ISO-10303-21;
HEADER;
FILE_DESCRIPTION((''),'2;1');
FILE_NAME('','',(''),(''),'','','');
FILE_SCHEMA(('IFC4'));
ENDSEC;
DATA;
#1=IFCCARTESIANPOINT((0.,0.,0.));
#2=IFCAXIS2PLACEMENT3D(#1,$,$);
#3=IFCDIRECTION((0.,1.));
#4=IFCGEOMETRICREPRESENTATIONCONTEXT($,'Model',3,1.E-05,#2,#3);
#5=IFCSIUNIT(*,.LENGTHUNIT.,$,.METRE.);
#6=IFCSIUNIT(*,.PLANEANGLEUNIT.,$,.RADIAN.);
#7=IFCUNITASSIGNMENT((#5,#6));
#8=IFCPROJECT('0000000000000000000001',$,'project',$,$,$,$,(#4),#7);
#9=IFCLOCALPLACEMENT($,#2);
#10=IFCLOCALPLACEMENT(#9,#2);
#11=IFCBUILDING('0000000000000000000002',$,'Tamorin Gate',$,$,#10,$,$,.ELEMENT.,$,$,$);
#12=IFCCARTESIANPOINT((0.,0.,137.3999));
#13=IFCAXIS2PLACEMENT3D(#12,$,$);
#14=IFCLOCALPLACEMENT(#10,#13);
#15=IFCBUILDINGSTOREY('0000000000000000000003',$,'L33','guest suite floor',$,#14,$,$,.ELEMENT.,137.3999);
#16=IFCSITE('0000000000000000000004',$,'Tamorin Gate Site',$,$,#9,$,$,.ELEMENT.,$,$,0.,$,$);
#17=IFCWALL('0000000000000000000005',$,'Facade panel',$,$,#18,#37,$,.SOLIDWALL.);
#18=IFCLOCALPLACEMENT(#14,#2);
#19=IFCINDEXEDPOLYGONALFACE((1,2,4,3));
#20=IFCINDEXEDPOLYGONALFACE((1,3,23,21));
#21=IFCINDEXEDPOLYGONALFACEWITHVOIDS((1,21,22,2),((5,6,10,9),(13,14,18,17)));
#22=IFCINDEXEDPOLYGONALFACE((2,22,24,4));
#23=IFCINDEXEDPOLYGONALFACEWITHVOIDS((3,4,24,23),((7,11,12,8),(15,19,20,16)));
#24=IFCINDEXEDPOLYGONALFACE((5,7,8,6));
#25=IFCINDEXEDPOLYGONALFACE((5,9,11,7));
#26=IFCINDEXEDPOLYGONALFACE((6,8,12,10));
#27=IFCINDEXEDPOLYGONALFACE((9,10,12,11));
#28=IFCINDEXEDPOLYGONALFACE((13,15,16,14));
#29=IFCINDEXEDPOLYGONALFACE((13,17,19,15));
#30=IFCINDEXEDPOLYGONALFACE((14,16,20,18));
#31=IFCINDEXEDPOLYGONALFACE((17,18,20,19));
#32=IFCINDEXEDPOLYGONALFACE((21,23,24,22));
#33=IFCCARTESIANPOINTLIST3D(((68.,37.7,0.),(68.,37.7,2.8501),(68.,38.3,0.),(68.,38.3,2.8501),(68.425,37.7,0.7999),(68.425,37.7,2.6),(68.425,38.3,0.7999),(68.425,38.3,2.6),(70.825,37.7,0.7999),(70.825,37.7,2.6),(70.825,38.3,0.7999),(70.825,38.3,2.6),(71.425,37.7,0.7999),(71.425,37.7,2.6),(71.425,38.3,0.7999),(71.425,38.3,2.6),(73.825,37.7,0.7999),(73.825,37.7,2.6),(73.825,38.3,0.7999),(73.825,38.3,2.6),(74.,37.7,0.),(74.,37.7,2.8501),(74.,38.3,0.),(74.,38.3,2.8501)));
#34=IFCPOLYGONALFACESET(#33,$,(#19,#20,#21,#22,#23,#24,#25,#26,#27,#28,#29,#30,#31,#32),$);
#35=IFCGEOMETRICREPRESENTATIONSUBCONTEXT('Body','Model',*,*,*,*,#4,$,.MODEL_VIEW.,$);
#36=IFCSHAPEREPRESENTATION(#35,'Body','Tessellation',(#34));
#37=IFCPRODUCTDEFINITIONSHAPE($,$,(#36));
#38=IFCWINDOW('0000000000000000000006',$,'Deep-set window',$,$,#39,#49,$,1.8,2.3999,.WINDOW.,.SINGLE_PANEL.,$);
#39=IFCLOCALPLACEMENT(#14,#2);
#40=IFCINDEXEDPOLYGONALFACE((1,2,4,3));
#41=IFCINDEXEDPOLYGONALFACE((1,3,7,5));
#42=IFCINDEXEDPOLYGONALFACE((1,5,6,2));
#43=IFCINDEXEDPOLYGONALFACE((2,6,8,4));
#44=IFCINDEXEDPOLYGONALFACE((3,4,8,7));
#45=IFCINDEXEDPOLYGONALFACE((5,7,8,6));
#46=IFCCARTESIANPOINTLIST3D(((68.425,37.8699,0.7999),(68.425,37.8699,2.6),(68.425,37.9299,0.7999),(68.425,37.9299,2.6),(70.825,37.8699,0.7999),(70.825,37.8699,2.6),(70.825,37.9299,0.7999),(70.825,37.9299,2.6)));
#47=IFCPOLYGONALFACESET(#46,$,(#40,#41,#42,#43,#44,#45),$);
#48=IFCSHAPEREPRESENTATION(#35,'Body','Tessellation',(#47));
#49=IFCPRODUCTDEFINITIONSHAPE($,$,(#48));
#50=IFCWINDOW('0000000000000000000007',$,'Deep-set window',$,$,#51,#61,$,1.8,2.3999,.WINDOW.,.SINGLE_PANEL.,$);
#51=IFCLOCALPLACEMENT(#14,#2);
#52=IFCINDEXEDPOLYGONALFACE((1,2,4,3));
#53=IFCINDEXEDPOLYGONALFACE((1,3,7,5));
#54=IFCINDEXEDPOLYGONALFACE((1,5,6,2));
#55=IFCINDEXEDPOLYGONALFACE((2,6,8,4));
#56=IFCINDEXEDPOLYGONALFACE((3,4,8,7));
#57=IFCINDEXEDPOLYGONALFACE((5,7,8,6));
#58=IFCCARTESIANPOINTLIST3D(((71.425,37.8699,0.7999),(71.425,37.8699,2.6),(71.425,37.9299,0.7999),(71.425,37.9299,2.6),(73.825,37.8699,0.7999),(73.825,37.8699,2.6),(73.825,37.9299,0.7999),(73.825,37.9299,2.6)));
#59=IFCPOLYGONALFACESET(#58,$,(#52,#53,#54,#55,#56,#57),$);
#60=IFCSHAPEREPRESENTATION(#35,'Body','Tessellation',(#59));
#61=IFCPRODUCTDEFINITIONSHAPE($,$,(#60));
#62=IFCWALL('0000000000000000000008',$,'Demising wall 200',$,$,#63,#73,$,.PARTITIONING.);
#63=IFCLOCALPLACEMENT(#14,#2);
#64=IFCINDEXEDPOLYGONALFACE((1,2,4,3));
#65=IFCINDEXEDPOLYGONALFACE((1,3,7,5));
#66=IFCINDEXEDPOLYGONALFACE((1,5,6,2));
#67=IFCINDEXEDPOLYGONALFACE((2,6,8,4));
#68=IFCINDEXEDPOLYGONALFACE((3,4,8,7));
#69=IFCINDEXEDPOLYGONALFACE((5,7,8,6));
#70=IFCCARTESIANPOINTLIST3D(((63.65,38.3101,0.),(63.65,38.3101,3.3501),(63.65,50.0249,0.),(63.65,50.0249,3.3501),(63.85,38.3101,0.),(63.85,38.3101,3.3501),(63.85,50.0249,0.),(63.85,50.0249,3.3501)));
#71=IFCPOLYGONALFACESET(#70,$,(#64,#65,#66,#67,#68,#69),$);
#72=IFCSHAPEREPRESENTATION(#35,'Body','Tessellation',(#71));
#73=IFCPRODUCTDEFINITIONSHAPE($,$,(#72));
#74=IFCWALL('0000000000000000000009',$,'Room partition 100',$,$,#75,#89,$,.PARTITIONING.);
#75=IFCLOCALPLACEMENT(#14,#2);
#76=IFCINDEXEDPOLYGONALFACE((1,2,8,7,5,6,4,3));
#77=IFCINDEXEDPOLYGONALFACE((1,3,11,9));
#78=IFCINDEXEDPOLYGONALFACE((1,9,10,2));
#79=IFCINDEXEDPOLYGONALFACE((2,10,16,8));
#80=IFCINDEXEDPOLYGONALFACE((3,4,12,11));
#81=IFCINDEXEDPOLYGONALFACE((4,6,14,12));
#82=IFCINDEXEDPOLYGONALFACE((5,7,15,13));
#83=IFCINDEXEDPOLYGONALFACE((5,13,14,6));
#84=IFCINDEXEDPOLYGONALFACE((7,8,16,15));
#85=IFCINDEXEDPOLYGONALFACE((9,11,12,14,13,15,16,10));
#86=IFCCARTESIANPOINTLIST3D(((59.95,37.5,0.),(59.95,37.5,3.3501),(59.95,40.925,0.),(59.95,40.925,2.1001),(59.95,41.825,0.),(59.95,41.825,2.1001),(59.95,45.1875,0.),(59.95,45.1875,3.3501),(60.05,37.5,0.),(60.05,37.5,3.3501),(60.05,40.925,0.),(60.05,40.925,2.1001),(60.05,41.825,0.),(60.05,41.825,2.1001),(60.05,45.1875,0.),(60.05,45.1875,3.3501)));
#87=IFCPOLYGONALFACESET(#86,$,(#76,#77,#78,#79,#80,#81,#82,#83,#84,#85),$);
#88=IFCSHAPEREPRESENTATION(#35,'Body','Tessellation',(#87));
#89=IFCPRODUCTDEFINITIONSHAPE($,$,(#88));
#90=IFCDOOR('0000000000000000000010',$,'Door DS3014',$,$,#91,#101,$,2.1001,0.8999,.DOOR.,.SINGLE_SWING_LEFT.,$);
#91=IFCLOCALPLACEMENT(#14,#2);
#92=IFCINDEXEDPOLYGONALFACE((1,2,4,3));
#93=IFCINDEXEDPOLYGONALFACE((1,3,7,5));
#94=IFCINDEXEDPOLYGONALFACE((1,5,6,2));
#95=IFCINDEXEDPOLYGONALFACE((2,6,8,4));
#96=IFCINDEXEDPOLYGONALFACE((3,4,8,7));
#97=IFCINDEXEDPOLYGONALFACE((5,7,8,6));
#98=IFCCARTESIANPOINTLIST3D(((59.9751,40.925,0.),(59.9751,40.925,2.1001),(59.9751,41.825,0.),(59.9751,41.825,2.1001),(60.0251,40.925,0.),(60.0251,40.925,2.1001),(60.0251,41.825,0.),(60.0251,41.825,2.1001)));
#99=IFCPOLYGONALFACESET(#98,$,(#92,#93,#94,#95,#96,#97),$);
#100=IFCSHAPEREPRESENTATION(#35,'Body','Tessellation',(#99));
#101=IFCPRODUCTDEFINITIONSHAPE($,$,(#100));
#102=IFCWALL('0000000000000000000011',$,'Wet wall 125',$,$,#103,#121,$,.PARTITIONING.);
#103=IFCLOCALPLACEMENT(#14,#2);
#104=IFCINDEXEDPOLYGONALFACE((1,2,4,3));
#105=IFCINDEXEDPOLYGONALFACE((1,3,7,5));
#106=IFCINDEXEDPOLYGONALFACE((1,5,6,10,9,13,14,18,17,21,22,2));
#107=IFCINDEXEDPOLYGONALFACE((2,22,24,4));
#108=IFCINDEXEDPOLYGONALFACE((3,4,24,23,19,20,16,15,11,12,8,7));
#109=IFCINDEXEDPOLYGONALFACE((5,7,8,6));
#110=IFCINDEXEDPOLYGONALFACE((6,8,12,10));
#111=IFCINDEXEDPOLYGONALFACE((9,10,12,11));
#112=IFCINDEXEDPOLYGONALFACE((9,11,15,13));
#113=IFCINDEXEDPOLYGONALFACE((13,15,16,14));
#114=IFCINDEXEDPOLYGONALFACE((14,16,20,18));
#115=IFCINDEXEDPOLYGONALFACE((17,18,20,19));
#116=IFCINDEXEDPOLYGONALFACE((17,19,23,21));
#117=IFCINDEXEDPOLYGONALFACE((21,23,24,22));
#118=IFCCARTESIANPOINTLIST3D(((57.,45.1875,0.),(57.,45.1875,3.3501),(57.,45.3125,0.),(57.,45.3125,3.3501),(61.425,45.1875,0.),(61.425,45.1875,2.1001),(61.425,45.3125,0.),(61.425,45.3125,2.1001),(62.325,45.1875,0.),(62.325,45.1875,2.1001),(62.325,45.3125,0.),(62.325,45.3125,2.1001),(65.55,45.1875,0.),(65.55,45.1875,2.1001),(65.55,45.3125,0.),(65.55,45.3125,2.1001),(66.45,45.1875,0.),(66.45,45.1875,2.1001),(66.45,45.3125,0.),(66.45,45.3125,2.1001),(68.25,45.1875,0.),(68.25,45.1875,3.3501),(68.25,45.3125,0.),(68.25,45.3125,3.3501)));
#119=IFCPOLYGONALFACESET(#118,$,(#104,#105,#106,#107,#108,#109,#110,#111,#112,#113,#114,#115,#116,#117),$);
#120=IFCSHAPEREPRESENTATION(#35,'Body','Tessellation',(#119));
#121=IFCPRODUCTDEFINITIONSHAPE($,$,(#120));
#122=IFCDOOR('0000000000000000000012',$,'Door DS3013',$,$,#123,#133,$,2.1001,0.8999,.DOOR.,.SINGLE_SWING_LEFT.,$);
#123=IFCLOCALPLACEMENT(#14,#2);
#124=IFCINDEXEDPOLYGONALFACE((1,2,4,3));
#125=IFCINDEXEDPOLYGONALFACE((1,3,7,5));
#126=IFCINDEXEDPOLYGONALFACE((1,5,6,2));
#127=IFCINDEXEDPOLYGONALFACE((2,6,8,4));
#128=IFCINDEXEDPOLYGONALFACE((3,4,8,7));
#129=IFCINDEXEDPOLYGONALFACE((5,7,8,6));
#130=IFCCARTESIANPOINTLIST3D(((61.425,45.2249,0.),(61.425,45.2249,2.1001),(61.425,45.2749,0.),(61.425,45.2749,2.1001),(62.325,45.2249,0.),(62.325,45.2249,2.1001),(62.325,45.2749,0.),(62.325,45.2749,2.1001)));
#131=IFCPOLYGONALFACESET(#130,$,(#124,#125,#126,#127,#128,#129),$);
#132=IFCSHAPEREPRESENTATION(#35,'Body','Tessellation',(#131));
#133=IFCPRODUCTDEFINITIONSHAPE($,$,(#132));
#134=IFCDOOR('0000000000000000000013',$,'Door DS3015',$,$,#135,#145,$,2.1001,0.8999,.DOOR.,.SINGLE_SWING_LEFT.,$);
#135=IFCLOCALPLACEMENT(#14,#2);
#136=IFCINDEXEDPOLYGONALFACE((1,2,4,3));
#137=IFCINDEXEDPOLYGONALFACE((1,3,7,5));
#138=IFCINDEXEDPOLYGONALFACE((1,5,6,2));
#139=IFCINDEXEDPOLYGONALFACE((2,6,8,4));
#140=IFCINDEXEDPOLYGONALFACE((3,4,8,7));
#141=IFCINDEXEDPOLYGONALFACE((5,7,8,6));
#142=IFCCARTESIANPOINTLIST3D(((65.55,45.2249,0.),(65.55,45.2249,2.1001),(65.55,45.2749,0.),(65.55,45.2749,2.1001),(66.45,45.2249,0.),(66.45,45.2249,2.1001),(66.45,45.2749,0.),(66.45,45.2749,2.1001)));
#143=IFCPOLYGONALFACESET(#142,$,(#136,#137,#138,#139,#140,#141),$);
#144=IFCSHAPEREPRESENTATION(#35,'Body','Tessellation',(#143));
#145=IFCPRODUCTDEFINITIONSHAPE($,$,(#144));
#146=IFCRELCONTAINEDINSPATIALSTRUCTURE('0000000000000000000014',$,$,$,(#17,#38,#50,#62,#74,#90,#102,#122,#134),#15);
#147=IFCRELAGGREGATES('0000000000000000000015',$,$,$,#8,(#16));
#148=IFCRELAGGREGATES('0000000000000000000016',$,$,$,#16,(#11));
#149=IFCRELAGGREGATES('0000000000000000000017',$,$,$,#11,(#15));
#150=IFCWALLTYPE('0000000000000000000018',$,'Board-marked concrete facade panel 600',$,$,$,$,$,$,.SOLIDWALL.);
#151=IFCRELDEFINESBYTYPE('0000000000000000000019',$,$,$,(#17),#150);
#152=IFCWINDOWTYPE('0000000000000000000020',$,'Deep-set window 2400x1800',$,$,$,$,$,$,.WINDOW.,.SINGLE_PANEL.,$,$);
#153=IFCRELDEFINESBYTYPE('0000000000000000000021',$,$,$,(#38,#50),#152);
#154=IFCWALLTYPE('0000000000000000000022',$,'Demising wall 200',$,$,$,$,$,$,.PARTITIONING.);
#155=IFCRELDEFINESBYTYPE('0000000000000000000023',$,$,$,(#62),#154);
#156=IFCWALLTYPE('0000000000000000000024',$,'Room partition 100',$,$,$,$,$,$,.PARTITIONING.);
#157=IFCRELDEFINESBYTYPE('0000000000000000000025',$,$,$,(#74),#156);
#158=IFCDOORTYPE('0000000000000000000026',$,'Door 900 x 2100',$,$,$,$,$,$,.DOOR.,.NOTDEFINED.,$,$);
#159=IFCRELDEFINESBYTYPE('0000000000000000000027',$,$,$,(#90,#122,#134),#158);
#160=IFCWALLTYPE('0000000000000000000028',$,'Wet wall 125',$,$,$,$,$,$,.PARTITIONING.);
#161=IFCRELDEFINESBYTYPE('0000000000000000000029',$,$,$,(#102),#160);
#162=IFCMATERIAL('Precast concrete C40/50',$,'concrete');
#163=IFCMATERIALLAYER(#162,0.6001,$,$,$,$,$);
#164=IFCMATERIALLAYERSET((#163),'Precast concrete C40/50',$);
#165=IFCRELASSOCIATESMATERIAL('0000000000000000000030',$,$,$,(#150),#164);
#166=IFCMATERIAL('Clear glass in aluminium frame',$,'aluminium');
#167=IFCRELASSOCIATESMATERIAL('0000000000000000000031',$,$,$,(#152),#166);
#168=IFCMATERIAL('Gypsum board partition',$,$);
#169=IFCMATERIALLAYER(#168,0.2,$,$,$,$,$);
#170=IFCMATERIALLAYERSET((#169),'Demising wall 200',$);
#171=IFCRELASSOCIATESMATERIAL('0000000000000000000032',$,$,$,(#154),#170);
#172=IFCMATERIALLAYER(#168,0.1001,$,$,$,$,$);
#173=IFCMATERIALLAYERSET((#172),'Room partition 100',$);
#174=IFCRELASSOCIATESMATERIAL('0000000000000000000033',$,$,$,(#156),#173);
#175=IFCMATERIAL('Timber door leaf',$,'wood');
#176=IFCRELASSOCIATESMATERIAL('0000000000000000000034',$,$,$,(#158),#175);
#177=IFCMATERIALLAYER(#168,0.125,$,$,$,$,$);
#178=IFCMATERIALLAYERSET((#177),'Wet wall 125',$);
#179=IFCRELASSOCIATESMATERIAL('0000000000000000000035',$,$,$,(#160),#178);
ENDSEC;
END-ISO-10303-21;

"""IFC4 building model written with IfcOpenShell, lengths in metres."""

from ifc_helpers import new_model, si_unit, direction, frame, frame_2d, origin, place, context, subcontext, project, spatial, rectangle, extrude, material, layer, layer_set, type_object, element, fill, save


model = new_model("IFC4")

# Units and contexts
model_context = context("Model", 3, precision=1e-05, world=origin(), true_north=direction((0.0, 1.0)))
body_context = subcontext(model_context, "Body", "Model", "MODEL_VIEW")
ifc_project = project(units=[si_unit("LENGTHUNIT", "METRE"), si_unit("PLANEANGLEUNIT", "RADIAN")], contexts=[model_context])

# Site, building, storey
site_placement = place(None, origin())
site = spatial("IfcSite", under=ifc_project, at=site_placement, Name="Tamorin Gate Site", CompositionType="ELEMENT", RefElevation=0.0)
building_placement = place(site_placement, origin())
building = spatial("IfcBuilding", under=site, at=building_placement, Name="Tamorin Gate", CompositionType="ELEMENT")
storey_placement = place(building_placement, frame((0.0, 0.0, 137.3999)))
storey = spatial("IfcBuildingStorey", under=building, at=storey_placement, Name="L33", Description="guest suite floor", CompositionType="ELEMENT", Elevation=137.3999)

# Wall, openings, windows
ifc_material_1 = material(Name="Precast concrete C40/50", Category="concrete")
ifc_layer_1 = layer(ifc_material_1, 0.6001)
ifc_layer_set_1 = layer_set([ifc_layer_1], Name="Precast concrete C40/50")
wall_type_1 = type_object("IfcWallType", Name="Board-marked concrete facade panel 600", PredefinedType="SOLIDWALL", material=ifc_layer_set_1)
ifc_material_2 = material(Name="Clear glass in aluminium frame", Category="aluminium")
window_type = type_object("IfcWindowType", Name="Deep-set window 2400x1800", PartitioningType="SINGLE_PANEL", PredefinedType="WINDOW", material=ifc_material_2)
wall_1_placement = place(storey_placement, frame((68.0, 38.0, 0.0), z_axis=(0.0, 0.0, 1.0), x_axis=(1.0, 0.0, 0.0)))
wall_1 = element("IfcWall", 1, at=wall_1_placement, inside=storey, type_object=wall_type_1, Name="Facade panel", PredefinedType="SOLIDWALL", context=body_context, shape_type="SweptSolid", body=[
    extrude(rectangle(XDim=6.0, YDim=0.6001, at=frame_2d((3.0, 0.0))), origin(), (0.0, 0.0, 1.0), 2.8501),
])
opening_1_placement = place(wall_1_placement, frame((0.425, 0.0, 0.8)))
opening_1 = element("IfcOpeningElement", 2, at=opening_1_placement, cuts=wall_1, PredefinedType="OPENING", context=body_context, shape_type="SweptSolid", body=[
    extrude(rectangle(XDim=2.3999, YDim=1.8, at=frame_2d((1.2, 0.8999))), frame((0.0, 0.3101, 0.0), z_axis=(0.0, -1.0, 0.0), x_axis=(1.0, 0.0, 0.0)), (0.0, 0.0, 1.0), 0.6201),
])
opening_2_placement = place(wall_1_placement, frame((3.425, 0.0, 0.8)))
opening_2 = element("IfcOpeningElement", 3, at=opening_2_placement, cuts=wall_1, PredefinedType="OPENING", context=body_context, shape_type="SweptSolid", body=[
    extrude(rectangle(XDim=2.3999, YDim=1.8, at=frame_2d((1.2, 0.8999))), frame((0.0, 0.3101, 0.0), z_axis=(0.0, -1.0, 0.0), x_axis=(1.0, 0.0, 0.0)), (0.0, 0.0, 1.0), 0.6201),
])
window_1_placement = place(opening_1_placement, origin())
window_1 = element("IfcWindow", 4, at=window_1_placement, inside=storey, type_object=window_type, Name="Deep-set window", OverallHeight=1.8, OverallWidth=2.3999, PartitioningType="SINGLE_PANEL", PredefinedType="WINDOW", context=body_context, shape_type="SweptSolid", body=[
    extrude(rectangle(XDim=2.3999, YDim=1.8, at=frame_2d((1.2, 0.8999))), frame((0.0, -0.0701, 0.0), z_axis=(0.0, -1.0, 0.0), x_axis=(1.0, 0.0, 0.0)), (0.0, 0.0, 1.0), 0.0601),
])
fill(opening_1, window_1)
window_2_placement = place(opening_2_placement, origin())
window_2 = element("IfcWindow", 5, at=window_2_placement, inside=storey, type_object=window_type, Name="Deep-set window", OverallHeight=1.8, OverallWidth=2.3999, PartitioningType="SINGLE_PANEL", PredefinedType="WINDOW", context=body_context, shape_type="SweptSolid", body=[
    extrude(rectangle(XDim=2.3999, YDim=1.8, at=frame_2d((1.2, 0.8999))), frame((0.0, -0.0701, 0.0), z_axis=(0.0, -1.0, 0.0), x_axis=(1.0, 0.0, 0.0)), (0.0, 0.0, 1.0), 0.0601),
])
fill(opening_2, window_2)

# Wall
ifc_material_3 = material(Name="Gypsum board partition")
ifc_layer_2 = layer(ifc_material_3, 0.2)
ifc_layer_set_2 = layer_set([ifc_layer_2], Name="Demising wall 200")
wall_type_2 = type_object("IfcWallType", Name="Demising wall 200", PredefinedType="PARTITIONING", material=ifc_layer_set_2)
wall_2_placement = place(storey_placement, frame((63.75, 38.3101, 0.0), z_axis=(0.0, 0.0, 1.0), x_axis=(0.0, 1.0, 0.0)))
element("IfcWall", 6, at=wall_2_placement, inside=storey, type_object=wall_type_2, Name="Demising wall 200", PredefinedType="PARTITIONING", context=body_context, shape_type="SweptSolid", body=[
    extrude(rectangle(XDim=11.7148, YDim=0.2, at=frame_2d((5.8574, 0.0))), origin(), (0.0, 0.0, 1.0), 3.3501),
])

# Wall, opening, door
ifc_layer_3 = layer(ifc_material_3, 0.1001)
ifc_layer_set_3 = layer_set([ifc_layer_3], Name="Room partition 100")
wall_type_3 = type_object("IfcWallType", Name="Room partition 100", PredefinedType="PARTITIONING", material=ifc_layer_set_3)
wall_3_placement = place(storey_placement, frame((60.0, 37.5, 0.0), z_axis=(0.0, 0.0, 1.0), x_axis=(0.0, 1.0, 0.0)))
wall_3 = element("IfcWall", 7, at=wall_3_placement, inside=storey, type_object=wall_type_3, Name="Room partition 100", PredefinedType="PARTITIONING", context=body_context, shape_type="SweptSolid", body=[
    extrude(rectangle(XDim=7.6875, YDim=0.1001, at=frame_2d((3.8438, 0.0))), origin(), (0.0, 0.0, 1.0), 3.3501),
])
opening_3_placement = place(wall_3_placement, frame((3.425, 0.0, 0.0)))
opening_3 = element("IfcOpeningElement", 8, at=opening_3_placement, cuts=wall_3, PredefinedType="OPENING", context=body_context, shape_type="SweptSolid", body=[
    extrude(rectangle(XDim=0.8999, YDim=2.1001, at=frame_2d((0.45, 1.05))), frame((0.0, 0.0601, 0.0), z_axis=(0.0, -1.0, 0.0), x_axis=(1.0, 0.0, 0.0)), (0.0, 0.0, 1.0), 0.1201),
])
ifc_material_4 = material(Name="Timber door leaf", Category="wood")
door_type = type_object("IfcDoorType", Name="Door 900 x 2100", OperationType="NOTDEFINED", PredefinedType="DOOR", material=ifc_material_4)
door_1_placement = place(opening_3_placement, origin())
door_1 = element("IfcDoor", 9, at=door_1_placement, inside=storey, type_object=door_type, Name="Door DS3014", OperationType="SINGLE_SWING_LEFT", OverallHeight=2.1001, OverallWidth=0.8999, PredefinedType="DOOR", context=body_context, shape_type="SweptSolid", body=[
    extrude(rectangle(XDim=0.8999, YDim=2.1001, at=frame_2d((0.45, 1.05))), frame((0.0, 0.0249, 0.0), z_axis=(0.0, -1.0, 0.0), x_axis=(1.0, 0.0, 0.0)), (0.0, 0.0, 1.0), 0.05),
])
fill(opening_3, door_1)

# Wall, openings, doors
ifc_layer_4 = layer(ifc_material_3, 0.125)
ifc_layer_set_4 = layer_set([ifc_layer_4], Name="Wet wall 125")
wall_type_4 = type_object("IfcWallType", Name="Wet wall 125", PredefinedType="PARTITIONING", material=ifc_layer_set_4)
wall_4_placement = place(storey_placement, frame((57.0, 45.25, 0.0), z_axis=(0.0, 0.0, 1.0), x_axis=(1.0, 0.0, 0.0)))
wall_4 = element("IfcWall", 10, at=wall_4_placement, inside=storey, type_object=wall_type_4, Name="Wet wall 125", PredefinedType="PARTITIONING", context=body_context, shape_type="SweptSolid", body=[
    extrude(rectangle(XDim=11.25, YDim=0.125, at=frame_2d((5.625, 0.0))), origin(), (0.0, 0.0, 1.0), 3.3501),
])
opening_4_placement = place(wall_4_placement, frame((4.425, 0.0, 0.0)))
opening_4 = element("IfcOpeningElement", 11, at=opening_4_placement, cuts=wall_4, PredefinedType="OPENING", context=body_context, shape_type="SweptSolid", body=[
    extrude(rectangle(XDim=0.8999, YDim=2.1001, at=frame_2d((0.45, 1.05))), frame((0.0, 0.0725, 0.0), z_axis=(0.0, -1.0, 0.0), x_axis=(1.0, 0.0, 0.0)), (0.0, 0.0, 1.0), 0.145),
])
opening_5_placement = place(wall_4_placement, frame((8.55, 0.0, 0.0)))
opening_5 = element("IfcOpeningElement", 12, at=opening_5_placement, cuts=wall_4, PredefinedType="OPENING", context=body_context, shape_type="SweptSolid", body=[
    extrude(rectangle(XDim=0.8999, YDim=2.1001, at=frame_2d((0.45, 1.05))), frame((0.0, 0.0725, 0.0), z_axis=(0.0, -1.0, 0.0), x_axis=(1.0, 0.0, 0.0)), (0.0, 0.0, 1.0), 0.145),
])
door_2_placement = place(opening_4_placement, origin())
door_2 = element("IfcDoor", 13, at=door_2_placement, inside=storey, type_object=door_type, Name="Door DS3013", OperationType="SINGLE_SWING_LEFT", OverallHeight=2.1001, OverallWidth=0.8999, PredefinedType="DOOR", context=body_context, shape_type="SweptSolid", body=[
    extrude(rectangle(XDim=0.8999, YDim=2.1001, at=frame_2d((0.45, 1.05))), frame((0.0, 0.0249, 0.0), z_axis=(0.0, -1.0, 0.0), x_axis=(1.0, 0.0, 0.0)), (0.0, 0.0, 1.0), 0.05),
])
fill(opening_4, door_2)
door_3_placement = place(opening_5_placement, origin())
door_3 = element("IfcDoor", 14, at=door_3_placement, inside=storey, type_object=door_type, Name="Door DS3015", OperationType="SINGLE_SWING_LEFT", OverallHeight=2.1001, OverallWidth=0.8999, PredefinedType="DOOR", context=body_context, shape_type="SweptSolid", body=[
    extrude(rectangle(XDim=0.8999, YDim=2.1001, at=frame_2d((0.45, 1.05))), frame((0.0, 0.0249, 0.0), z_axis=(0.0, -1.0, 0.0), x_axis=(1.0, 0.0, 0.0)), (0.0, 0.0, 1.0), 0.05),
])
fill(opening_5, door_3)

save(model, "model.ifc")
